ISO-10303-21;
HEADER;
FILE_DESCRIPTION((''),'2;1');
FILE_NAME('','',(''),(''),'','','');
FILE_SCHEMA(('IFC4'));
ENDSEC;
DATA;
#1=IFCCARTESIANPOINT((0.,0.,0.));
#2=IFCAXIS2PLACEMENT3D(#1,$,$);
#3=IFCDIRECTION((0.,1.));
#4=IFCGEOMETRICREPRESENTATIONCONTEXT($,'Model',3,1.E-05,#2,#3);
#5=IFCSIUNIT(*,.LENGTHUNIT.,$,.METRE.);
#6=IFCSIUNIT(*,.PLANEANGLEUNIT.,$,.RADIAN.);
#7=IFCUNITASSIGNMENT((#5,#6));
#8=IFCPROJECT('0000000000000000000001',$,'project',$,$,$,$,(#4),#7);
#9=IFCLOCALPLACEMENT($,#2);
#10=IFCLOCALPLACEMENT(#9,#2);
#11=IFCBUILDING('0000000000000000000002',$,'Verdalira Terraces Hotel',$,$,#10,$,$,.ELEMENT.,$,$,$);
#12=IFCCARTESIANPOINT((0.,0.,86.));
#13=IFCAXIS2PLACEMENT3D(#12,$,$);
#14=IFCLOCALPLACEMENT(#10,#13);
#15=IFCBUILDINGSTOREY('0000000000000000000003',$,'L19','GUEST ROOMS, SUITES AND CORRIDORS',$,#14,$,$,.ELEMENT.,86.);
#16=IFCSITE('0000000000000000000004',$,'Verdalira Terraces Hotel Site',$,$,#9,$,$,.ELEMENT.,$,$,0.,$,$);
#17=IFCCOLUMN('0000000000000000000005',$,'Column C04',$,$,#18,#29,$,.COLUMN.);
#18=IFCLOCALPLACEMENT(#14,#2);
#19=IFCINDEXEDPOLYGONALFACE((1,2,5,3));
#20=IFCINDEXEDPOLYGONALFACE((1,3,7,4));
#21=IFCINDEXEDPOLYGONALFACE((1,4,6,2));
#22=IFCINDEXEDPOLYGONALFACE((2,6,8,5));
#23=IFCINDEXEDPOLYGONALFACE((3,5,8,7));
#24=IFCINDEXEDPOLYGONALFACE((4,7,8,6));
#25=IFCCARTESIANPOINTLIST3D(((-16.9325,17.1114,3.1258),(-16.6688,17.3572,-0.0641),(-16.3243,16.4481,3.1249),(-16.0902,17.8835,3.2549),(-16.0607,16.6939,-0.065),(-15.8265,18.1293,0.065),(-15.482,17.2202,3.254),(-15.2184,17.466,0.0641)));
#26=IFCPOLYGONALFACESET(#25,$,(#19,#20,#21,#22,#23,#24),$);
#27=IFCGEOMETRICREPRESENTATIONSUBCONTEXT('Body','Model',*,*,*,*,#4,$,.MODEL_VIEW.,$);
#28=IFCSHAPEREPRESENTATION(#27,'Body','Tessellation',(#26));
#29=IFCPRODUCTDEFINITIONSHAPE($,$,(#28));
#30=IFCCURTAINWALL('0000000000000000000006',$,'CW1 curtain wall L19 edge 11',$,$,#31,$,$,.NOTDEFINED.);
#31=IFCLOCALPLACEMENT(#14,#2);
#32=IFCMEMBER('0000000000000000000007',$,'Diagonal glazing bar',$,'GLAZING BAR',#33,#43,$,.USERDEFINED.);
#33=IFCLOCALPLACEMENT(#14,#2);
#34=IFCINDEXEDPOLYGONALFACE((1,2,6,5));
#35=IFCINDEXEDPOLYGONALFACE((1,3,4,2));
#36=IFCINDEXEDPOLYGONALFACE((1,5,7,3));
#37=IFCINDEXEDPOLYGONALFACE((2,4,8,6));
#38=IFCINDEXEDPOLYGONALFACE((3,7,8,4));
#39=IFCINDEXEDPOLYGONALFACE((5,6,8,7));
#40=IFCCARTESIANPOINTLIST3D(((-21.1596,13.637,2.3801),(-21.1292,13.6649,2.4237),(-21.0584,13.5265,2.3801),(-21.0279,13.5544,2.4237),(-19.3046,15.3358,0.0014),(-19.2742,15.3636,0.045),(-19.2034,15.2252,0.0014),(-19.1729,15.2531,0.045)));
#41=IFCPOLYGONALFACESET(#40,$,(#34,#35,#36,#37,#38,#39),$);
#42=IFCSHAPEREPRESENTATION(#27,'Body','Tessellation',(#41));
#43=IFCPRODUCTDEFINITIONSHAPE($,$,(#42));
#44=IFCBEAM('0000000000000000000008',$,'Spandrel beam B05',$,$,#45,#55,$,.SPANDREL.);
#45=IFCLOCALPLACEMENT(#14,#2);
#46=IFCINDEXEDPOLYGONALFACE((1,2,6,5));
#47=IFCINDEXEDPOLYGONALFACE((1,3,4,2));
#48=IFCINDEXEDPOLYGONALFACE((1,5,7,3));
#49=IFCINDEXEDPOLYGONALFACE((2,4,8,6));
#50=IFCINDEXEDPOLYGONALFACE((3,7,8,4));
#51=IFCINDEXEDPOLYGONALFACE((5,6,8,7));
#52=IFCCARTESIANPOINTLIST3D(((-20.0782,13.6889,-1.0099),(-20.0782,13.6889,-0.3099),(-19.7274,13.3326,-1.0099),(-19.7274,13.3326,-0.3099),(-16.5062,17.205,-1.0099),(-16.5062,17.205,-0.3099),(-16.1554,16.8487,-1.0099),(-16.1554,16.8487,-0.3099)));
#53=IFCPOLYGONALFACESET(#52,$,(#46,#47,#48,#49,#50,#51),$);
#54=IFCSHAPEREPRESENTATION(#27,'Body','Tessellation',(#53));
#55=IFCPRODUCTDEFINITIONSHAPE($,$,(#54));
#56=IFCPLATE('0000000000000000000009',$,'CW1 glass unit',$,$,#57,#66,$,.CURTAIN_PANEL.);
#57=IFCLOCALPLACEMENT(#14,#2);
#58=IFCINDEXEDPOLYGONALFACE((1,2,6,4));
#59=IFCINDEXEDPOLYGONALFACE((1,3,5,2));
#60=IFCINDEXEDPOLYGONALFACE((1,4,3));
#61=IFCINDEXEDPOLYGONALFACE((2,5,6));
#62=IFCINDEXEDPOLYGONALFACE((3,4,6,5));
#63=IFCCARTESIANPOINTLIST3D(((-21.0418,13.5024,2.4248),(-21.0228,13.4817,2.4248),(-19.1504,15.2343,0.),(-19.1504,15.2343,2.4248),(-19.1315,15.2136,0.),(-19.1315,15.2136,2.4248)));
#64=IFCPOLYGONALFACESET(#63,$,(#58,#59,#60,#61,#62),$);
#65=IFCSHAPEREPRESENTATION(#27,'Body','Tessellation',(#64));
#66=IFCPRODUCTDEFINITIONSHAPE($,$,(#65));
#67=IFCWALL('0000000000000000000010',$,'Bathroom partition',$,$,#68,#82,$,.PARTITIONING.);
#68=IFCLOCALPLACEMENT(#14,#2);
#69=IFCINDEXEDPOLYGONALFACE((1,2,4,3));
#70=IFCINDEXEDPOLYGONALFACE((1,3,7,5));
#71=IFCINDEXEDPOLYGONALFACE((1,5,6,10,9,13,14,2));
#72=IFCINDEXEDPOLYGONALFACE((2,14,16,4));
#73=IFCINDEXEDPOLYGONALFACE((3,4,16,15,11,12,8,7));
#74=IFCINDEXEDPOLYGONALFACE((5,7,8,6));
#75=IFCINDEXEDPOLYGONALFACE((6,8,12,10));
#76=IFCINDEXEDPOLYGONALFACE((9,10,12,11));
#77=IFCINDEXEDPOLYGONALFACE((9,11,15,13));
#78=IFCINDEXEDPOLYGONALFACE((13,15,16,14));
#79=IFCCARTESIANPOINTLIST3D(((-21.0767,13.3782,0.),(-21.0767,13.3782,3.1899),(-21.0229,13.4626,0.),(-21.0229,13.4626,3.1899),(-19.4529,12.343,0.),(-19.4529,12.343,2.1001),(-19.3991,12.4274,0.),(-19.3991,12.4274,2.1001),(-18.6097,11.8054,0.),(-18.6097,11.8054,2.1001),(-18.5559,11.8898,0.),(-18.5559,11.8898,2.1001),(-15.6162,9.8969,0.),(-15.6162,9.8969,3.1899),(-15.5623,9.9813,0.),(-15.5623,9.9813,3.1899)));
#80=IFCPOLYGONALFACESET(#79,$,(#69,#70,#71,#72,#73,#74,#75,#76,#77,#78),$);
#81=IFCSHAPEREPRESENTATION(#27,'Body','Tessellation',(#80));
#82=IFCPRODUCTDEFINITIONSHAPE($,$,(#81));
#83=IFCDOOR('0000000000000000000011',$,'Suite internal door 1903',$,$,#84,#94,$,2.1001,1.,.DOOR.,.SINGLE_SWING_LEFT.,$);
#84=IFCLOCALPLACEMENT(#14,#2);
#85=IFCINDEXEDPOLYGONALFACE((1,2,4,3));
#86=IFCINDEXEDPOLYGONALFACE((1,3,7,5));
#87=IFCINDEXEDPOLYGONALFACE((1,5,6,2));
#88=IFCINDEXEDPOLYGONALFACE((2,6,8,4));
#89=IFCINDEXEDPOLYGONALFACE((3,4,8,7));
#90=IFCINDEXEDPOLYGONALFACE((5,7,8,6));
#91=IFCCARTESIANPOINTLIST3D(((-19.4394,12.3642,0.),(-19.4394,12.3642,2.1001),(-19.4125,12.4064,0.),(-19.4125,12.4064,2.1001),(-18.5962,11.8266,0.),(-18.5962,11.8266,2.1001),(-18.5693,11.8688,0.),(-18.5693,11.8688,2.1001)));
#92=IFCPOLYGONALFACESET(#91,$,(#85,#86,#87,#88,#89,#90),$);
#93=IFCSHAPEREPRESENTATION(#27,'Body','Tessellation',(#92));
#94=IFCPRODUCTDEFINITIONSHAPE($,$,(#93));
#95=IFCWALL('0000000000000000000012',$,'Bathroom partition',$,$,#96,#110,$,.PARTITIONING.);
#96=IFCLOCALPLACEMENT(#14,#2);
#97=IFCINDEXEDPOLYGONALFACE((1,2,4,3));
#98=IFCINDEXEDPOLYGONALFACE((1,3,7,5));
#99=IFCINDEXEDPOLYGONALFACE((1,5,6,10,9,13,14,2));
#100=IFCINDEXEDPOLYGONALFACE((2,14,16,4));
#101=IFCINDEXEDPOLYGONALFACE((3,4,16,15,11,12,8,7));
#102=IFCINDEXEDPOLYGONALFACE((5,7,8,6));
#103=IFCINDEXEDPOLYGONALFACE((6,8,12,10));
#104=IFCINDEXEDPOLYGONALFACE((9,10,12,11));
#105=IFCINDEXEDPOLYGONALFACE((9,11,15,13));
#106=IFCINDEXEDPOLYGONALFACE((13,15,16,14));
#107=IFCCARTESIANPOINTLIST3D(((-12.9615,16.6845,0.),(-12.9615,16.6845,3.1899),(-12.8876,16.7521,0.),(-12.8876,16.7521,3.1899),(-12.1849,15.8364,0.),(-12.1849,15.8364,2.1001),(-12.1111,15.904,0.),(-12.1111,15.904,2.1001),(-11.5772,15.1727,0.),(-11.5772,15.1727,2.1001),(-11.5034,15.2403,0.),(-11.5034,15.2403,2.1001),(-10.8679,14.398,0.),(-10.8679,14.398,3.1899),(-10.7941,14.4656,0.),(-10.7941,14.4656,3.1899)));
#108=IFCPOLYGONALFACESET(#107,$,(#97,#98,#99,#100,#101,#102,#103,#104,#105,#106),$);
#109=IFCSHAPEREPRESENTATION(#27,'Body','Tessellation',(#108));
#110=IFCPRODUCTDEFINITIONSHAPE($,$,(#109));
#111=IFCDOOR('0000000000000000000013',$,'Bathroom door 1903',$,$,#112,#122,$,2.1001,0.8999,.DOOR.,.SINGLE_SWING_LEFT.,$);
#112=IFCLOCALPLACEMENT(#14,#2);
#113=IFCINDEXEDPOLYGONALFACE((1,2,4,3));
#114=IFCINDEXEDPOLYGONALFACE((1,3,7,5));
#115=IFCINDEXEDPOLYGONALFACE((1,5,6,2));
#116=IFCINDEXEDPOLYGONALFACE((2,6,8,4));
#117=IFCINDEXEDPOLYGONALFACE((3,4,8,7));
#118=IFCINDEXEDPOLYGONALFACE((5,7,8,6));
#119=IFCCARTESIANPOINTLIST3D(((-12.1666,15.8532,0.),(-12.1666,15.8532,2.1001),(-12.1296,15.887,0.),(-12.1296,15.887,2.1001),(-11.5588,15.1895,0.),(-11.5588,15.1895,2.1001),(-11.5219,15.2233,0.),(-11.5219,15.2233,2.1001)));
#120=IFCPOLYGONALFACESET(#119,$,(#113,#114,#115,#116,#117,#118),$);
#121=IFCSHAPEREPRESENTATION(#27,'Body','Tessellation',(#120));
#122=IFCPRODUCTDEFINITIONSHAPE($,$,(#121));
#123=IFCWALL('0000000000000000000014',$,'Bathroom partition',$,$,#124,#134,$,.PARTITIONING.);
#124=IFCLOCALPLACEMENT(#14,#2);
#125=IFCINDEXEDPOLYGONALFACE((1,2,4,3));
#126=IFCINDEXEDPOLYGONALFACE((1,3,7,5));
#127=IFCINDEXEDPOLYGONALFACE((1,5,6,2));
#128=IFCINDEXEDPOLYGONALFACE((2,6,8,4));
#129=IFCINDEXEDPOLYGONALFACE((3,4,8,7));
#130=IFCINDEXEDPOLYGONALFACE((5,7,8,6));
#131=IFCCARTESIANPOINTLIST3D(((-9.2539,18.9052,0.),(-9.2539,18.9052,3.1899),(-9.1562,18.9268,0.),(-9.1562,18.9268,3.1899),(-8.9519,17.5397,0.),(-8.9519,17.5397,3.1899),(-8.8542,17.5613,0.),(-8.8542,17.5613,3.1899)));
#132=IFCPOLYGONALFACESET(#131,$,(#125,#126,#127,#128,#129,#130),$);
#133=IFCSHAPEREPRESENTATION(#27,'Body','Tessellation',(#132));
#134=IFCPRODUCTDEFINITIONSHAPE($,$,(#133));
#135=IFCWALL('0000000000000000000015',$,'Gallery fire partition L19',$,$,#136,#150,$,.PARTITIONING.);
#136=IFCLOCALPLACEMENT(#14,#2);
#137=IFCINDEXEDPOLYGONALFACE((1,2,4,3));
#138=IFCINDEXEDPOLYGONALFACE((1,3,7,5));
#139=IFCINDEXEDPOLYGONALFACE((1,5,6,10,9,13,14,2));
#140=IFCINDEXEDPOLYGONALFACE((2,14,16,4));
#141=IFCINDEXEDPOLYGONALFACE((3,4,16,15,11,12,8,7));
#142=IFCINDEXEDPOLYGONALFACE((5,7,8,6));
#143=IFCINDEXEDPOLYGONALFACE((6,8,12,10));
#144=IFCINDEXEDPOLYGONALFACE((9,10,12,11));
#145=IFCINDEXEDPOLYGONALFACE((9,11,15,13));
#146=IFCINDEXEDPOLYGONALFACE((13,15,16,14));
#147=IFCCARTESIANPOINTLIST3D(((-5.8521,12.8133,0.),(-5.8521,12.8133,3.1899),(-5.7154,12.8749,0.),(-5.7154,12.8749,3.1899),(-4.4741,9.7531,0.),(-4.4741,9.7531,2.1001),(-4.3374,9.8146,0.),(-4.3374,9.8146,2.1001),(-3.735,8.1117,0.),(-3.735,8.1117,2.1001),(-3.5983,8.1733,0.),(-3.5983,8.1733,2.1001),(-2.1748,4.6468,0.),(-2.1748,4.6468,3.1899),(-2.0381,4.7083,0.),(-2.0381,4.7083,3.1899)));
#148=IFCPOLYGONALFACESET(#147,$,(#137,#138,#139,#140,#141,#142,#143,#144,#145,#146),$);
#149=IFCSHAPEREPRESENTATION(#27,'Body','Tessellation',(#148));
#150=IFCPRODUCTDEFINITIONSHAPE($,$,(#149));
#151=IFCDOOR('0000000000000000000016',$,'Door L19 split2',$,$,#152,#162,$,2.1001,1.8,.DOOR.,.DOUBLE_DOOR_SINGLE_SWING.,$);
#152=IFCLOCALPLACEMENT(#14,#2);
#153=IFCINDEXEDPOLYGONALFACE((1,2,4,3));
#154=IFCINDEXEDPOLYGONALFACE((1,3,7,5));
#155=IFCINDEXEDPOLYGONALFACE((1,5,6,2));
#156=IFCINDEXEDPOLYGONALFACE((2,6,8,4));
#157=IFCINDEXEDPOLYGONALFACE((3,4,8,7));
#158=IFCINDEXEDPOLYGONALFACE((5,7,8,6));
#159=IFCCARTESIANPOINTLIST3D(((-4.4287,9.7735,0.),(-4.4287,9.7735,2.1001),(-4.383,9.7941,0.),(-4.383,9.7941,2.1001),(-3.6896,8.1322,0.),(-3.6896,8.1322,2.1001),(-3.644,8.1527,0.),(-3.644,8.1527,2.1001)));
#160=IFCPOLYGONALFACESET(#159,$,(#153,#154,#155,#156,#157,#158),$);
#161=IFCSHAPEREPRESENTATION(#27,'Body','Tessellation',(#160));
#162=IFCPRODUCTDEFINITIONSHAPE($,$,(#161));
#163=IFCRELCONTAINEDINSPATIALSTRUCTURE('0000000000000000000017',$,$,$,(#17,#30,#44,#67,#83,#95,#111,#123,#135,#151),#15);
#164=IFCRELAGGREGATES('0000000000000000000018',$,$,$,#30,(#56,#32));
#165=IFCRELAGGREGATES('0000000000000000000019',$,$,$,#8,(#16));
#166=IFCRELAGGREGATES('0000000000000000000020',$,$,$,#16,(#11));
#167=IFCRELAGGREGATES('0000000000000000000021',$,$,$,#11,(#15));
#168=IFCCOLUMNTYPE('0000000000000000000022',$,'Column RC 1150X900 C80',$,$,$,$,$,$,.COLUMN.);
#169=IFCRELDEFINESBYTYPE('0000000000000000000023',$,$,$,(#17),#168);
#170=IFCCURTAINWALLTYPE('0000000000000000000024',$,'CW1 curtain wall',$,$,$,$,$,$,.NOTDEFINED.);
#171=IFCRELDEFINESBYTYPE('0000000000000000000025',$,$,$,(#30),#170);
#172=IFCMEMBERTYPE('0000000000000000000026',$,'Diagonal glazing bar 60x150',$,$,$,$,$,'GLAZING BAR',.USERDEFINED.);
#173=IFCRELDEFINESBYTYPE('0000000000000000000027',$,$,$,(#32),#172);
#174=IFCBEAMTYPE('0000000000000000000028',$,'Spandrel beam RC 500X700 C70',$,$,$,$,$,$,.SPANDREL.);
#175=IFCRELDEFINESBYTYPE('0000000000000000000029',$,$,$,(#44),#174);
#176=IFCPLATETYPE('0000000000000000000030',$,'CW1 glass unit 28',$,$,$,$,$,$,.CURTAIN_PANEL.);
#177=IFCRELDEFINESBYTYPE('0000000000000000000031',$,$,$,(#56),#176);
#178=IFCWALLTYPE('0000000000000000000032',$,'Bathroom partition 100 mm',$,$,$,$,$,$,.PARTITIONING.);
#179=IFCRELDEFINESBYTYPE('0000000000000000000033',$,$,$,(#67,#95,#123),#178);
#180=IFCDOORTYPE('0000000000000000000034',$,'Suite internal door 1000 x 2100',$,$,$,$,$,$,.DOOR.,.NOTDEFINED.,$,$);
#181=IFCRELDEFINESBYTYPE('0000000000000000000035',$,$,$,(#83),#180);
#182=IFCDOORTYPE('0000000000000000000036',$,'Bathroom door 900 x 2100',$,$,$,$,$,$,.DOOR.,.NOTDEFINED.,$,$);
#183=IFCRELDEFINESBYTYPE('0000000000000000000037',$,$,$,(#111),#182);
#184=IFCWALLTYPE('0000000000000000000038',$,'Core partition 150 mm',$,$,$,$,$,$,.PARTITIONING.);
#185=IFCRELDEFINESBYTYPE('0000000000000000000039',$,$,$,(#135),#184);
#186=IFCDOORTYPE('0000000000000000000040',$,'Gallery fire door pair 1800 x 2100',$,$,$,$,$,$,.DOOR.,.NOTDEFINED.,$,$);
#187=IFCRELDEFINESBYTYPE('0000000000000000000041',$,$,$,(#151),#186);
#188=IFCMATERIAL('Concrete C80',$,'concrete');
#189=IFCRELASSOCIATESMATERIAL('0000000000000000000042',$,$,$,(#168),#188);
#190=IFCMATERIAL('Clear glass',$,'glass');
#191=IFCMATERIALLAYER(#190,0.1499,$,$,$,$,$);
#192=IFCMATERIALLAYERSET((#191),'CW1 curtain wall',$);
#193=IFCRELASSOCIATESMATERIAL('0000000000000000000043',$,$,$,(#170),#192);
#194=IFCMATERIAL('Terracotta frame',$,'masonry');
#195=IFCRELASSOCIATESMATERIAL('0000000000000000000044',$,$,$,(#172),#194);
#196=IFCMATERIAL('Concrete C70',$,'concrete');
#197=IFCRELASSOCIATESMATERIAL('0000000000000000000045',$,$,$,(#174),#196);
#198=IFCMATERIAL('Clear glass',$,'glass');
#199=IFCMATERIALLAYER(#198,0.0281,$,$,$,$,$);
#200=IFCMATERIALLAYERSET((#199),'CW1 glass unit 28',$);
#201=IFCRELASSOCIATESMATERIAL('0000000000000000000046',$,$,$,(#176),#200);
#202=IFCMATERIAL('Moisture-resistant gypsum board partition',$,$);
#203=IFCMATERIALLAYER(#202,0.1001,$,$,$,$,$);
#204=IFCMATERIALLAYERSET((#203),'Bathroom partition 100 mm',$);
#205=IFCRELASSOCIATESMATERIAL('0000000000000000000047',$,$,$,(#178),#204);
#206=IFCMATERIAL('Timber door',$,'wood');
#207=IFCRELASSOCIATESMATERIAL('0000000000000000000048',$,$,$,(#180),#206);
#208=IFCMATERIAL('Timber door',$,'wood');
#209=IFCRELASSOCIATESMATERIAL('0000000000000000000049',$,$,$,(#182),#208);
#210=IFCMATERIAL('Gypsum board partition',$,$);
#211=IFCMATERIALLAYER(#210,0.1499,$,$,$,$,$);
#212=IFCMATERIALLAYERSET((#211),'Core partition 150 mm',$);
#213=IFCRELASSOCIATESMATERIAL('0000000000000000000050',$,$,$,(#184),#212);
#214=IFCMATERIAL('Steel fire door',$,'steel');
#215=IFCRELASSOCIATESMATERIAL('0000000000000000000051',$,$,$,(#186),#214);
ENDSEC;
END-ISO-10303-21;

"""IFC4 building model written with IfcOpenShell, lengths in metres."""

from ifc_helpers import new_model, si_unit, direction, frame, frame_2d, origin, origin_2d, place, context, subcontext, project, spatial, polyline, rectangle, outline, extrude, material, layer, layer_set, material_profile, profile_set, type_object, element, fill, aggregate, save


model = new_model("IFC4")

# Units and contexts
model_context = context("Model", 3, precision=1e-05, world=origin(), true_north=direction((0.0, 1.0)))
body_context = subcontext(model_context, "Body", "Model", "MODEL_VIEW")
ifc_project = project(units=[si_unit("LENGTHUNIT", "METRE"), si_unit("PLANEANGLEUNIT", "RADIAN")], contexts=[model_context])

# Site, building, storey
site_placement = place(None, origin())
site = spatial("IfcSite", under=ifc_project, at=site_placement, Name="Verdalira Terraces Hotel Site", CompositionType="ELEMENT", RefElevation=0.0)
building_placement = place(site_placement, origin())
building = spatial("IfcBuilding", under=site, at=building_placement, Name="Verdalira Terraces Hotel", CompositionType="ELEMENT")
storey_placement = place(building_placement, frame((0.0, 0.0, 86.0)))
storey = spatial("IfcBuildingStorey", under=building, at=storey_placement, Name="L19", Description="GUEST ROOMS, SUITES AND CORRIDORS", CompositionType="ELEMENT", Elevation=86.0)

# Column
ifc_material_1 = material(Name="Concrete C80", Category="concrete")
ifc_material_profile_1 = material_profile(ifc_material_1, rectangle(XDim=1.1499, YDim=0.8999, at=origin_2d()), Name="RC 1150X900")
ifc_profile_set_1 = profile_set([ifc_material_profile_1], Name="Concrete C80")
column_type = type_object("IfcColumnType", Name="Column RC 1150X900 C80", PredefinedType="COLUMN", material=ifc_profile_set_1)
column_placement = place(storey_placement, frame((-15.9436, 17.4116, 0.0), z_axis=(-0.082134, -0.076583, 0.993675), x_axis=(-0.732491, -0.671452, -0.112295)))
element("IfcColumn", 1, at=column_placement, inside=storey, type_object=column_type, Name="Column C04", PredefinedType="COLUMN", context=body_context, shape_type="SweptSolid", body=[
    extrude(rectangle(XDim=1.1499, YDim=0.8999, at=origin_2d()), origin(), (0.0, 0.0, 1.0), 3.2102),
])

# Curtain wall, member
ifc_material_2 = material(Name="Clear glass", Category="glass")
ifc_layer_1 = layer(ifc_material_2, 0.1499)
ifc_layer_set_1 = layer_set([ifc_layer_1], Name="CW1 curtain wall")
curtain_wall_type = type_object("IfcCurtainWallType", Name="CW1 curtain wall", PredefinedType="NOTDEFINED", material=ifc_layer_set_1)
curtain_wall_placement = place(storey_placement, origin())
curtain_wall = element("IfcCurtainWall", 2, at=curtain_wall_placement, inside=storey, type_object=curtain_wall_type, Name="CW1 curtain wall L19 edge 11", PredefinedType="NOTDEFINED")
ifc_material_3 = material(Name="Terracotta frame", Category="masonry")
ifc_material_profile_2 = material_profile(ifc_material_3, rectangle(XDim=0.1499, YDim=0.0601, at=origin_2d()), Name="GB 60x150")
ifc_profile_set_2 = profile_set([ifc_material_profile_2], Name="Terracotta frame")
member_type = type_object("IfcMemberType", Name="Diagonal glazing bar 60x150", ElementType="GLAZING BAR", PredefinedType="USERDEFINED", material=ifc_profile_set_2)
member_placement = place(storey_placement, frame((-19.2388, 15.2944, 0.0232), z_axis=(-0.535829, -0.490695, 0.6871), x_axis=(0.675364, -0.737484, 0.0)))
member = element("IfcMember", 3, at=member_placement, type_object=member_type, Name="Diagonal glazing bar", ObjectType="GLAZING BAR", PredefinedType="USERDEFINED", context=body_context, shape_type="SweptSolid", body=[
    extrude(rectangle(XDim=0.1499, YDim=0.0601, at=origin_2d()), origin(), (0.0, 0.0, 1.0), 3.4619),
])

# Beam
ifc_material_4 = material(Name="Concrete C70", Category="concrete")
ifc_material_profile_3 = material_profile(ifc_material_4, rectangle(XDim=0.5, YDim=0.7, at=origin_2d()), Name="RC 500X700")
ifc_profile_set_3 = profile_set([ifc_material_profile_3], Name="Concrete C70")
beam_type = type_object("IfcBeamType", Name="Spandrel beam RC 500X700 C70", PredefinedType="SPANDREL", material=ifc_profile_set_3)
beam_placement = place(storey_placement, frame((-16.3308, 17.0269, -0.6599), z_axis=(-0.712662, -0.701508, 0.0), x_axis=(0.701508, -0.712662, 0.0)))
element("IfcBeam", 4, at=beam_placement, inside=storey, type_object=beam_type, Name="Spandrel beam B05", PredefinedType="SPANDREL", context=body_context, shape_type="SweptSolid", body=[
    extrude(rectangle(XDim=0.5, YDim=0.7, at=origin_2d()), origin(), (0.0, 0.0, 1.0), 5.0122),
])

# Plate
ifc_material_5 = material(Name="Clear glass", Category="glass")
ifc_layer_2 = layer(ifc_material_5, 0.0281)
ifc_layer_set_2 = layer_set([ifc_layer_2], Name="CW1 glass unit 28")
plate_type = type_object("IfcPlateType", Name="CW1 glass unit 28", PredefinedType="CURTAIN_PANEL", material=ifc_layer_set_2)
plate_placement = place(storey_placement, frame((-20.0771, 14.3477, 1.2124), z_axis=(-0.675333, 0.737513, 0.0), x_axis=(-0.737513, -0.675333, 0.0)))
plate = element("IfcPlate", 5, at=plate_placement, type_object=plate_type, Name="CW1 glass unit", PredefinedType="CURTAIN_PANEL", context=body_context, shape_type="SweptSolid", body=[
    extrude(outline(polyline([(-1.2822, -1.2124), (1.2822, 1.2124), (-1.2822, 1.2124), (-1.2822, -1.2124)])), origin(), (0.0, 0.0, 1.0), 0.0281),
])
aggregate(curtain_wall, [plate, member])

# Walls, openings, doors
ifc_material_6 = material(Name="Moisture-resistant gypsum board partition")
ifc_layer_3 = layer(ifc_material_6, 0.1001)
ifc_layer_set_3 = layer_set([ifc_layer_3], Name="Bathroom partition 100 mm")
wall_type_1 = type_object("IfcWallType", Name="Bathroom partition 100 mm", PredefinedType="PARTITIONING", material=ifc_layer_set_3)
wall_1_placement = place(storey_placement, frame((-15.5894, 9.9392, 0.0), z_axis=(0.0, 0.0, 1.0), x_axis=(-0.843216, 0.537575, 0.0)))
wall_1 = element("IfcWall", 6, at=wall_1_placement, inside=storey, type_object=wall_type_1, Name="Bathroom partition", PredefinedType="PARTITIONING", context=body_context, shape_type="SweptSolid", body=[
    extrude(rectangle(XDim=6.4758, YDim=0.1001, at=frame_2d((3.2378, 0.0))), origin(), (0.0, 0.0, 1.0), 3.1899),
])
opening_1_placement = place(wall_1_placement, frame((3.55, 0.0, 0.0)))
opening_1 = element("IfcOpeningElement", 7, at=opening_1_placement, cuts=wall_1, PredefinedType="OPENING", context=body_context, shape_type="SweptSolid", body=[
    extrude(rectangle(XDim=1.0, YDim=2.1001, at=frame_2d((0.5, 1.05))), frame((0.0, 0.0601, 0.0), z_axis=(0.0, -1.0, 0.0), x_axis=(1.0, 0.0, 0.0)), (0.0, 0.0, 1.0), 0.1201),
])
ifc_material_7 = material(Name="Timber door", Category="wood")
door_type_1 = type_object("IfcDoorType", Name="Suite internal door 1000 x 2100", OperationType="NOTDEFINED", PredefinedType="DOOR", material=ifc_material_7)
door_1_placement = place(opening_1_placement, origin())
door_1 = element("IfcDoor", 8, at=door_1_placement, inside=storey, type_object=door_type_1, Name="Suite internal door 1903", OperationType="SINGLE_SWING_LEFT", OverallHeight=2.1001, OverallWidth=1.0, PredefinedType="DOOR", context=body_context, shape_type="SweptSolid", body=[
    extrude(rectangle(XDim=1.0, YDim=2.1001, at=frame_2d((0.5, 1.05))), frame((0.0, 0.0249, 0.0), z_axis=(0.0, -1.0, 0.0), x_axis=(1.0, 0.0, 0.0)), (0.0, 0.0, 1.0), 0.05),
])
fill(opening_1, door_1)
wall_2_placement = place(storey_placement, frame((-12.9246, 16.7183, 0.0), z_axis=(0.0, 0.0, 1.0), x_axis=(0.675314, -0.73753, 0.0)))
wall_2 = element("IfcWall", 9, at=wall_2_placement, inside=storey, type_object=wall_type_1, Name="Bathroom partition", PredefinedType="PARTITIONING", context=body_context, shape_type="SweptSolid", body=[
    extrude(rectangle(XDim=3.1001, YDim=0.1001, at=frame_2d((1.55, 0.0))), origin(), (0.0, 0.0, 1.0), 3.1899),
])
opening_2_placement = place(wall_2_placement, frame((1.1499, 0.0, 0.0)))
opening_2 = element("IfcOpeningElement", 10, at=opening_2_placement, cuts=wall_2, PredefinedType="OPENING", context=body_context, shape_type="SweptSolid", body=[
    extrude(rectangle(XDim=0.8999, YDim=2.1001, at=frame_2d((0.45, 1.05))), frame((0.0, 0.0601, 0.0), z_axis=(0.0, -1.0, 0.0), x_axis=(1.0, 0.0, 0.0)), (0.0, 0.0, 1.0), 0.1201),
])
ifc_material_8 = material(Name="Timber door", Category="wood")
door_type_2 = type_object("IfcDoorType", Name="Bathroom door 900 x 2100", OperationType="NOTDEFINED", PredefinedType="DOOR", material=ifc_material_8)
door_2_placement = place(opening_2_placement, origin())
door_2 = element("IfcDoor", 11, at=door_2_placement, inside=storey, type_object=door_type_2, Name="Bathroom door 1903", OperationType="SINGLE_SWING_LEFT", OverallHeight=2.1001, OverallWidth=0.8999, PredefinedType="DOOR", context=body_context, shape_type="SweptSolid", body=[
    extrude(rectangle(XDim=0.8999, YDim=2.1001, at=frame_2d((0.45, 1.05))), frame((0.0, 0.0249, 0.0), z_axis=(0.0, -1.0, 0.0), x_axis=(1.0, 0.0, 0.0)), (0.0, 0.0, 1.0), 0.05),
])
fill(opening_2, door_2)

# Wall
wall_3_placement = place(storey_placement, frame((-8.9031, 17.5505, 0.0), z_axis=(0.0, 0.0, 1.0), x_axis=(-0.215951, 0.976404, 0.0)))
element("IfcWall", 12, at=wall_3_placement, inside=storey, type_object=wall_type_1, Name="Bathroom partition", PredefinedType="PARTITIONING", context=body_context, shape_type="SweptSolid", body=[
    extrude(rectangle(XDim=1.3984, YDim=0.1001, at=frame_2d((0.6992, 0.0))), origin(), (0.0, 0.0, 1.0), 3.1899),
])

# Wall, opening, door
ifc_material_9 = material(Name="Gypsum board partition")
ifc_layer_4 = layer(ifc_material_9, 0.1499)
ifc_layer_set_4 = layer_set([ifc_layer_4], Name="Core partition 150 mm")
wall_type_2 = type_object("IfcWallType", Name="Core partition 150 mm", PredefinedType="PARTITIONING", material=ifc_layer_set_4)
wall_4_placement = place(storey_placement, frame((-5.7837, 12.844, 0.0), z_axis=(0.0, 0.0, 1.0), x_axis=(0.41058, -0.911825, 0.0)))
wall_4 = element("IfcWall", 13, at=wall_4_placement, inside=storey, type_object=wall_type_2, Name="Gallery fire partition L19", PredefinedType="PARTITIONING", context=body_context, shape_type="SweptSolid", body=[
    extrude(rectangle(XDim=8.9563, YDim=0.1499, at=frame_2d((4.478, 0.0))), origin(), (0.0, 0.0, 1.0), 3.1899),
])
opening_3_placement = place(wall_4_placement, frame((3.3562, 0.0, 0.0)))
opening_3 = element("IfcOpeningElement", 14, at=opening_3_placement, cuts=wall_4, PredefinedType="OPENING", context=body_context, shape_type="SweptSolid", body=[
    extrude(rectangle(XDim=1.8, YDim=2.1001, at=frame_2d((0.8999, 1.05))), frame((0.0, 0.085, 0.0), z_axis=(0.0, -1.0, 0.0), x_axis=(1.0, 0.0, 0.0)), (0.0, 0.0, 1.0), 0.1699),
])
ifc_material_10 = material(Name="Steel fire door", Category="steel")
door_type_3 = type_object("IfcDoorType", Name="Gallery fire door pair 1800 x 2100", OperationType="NOTDEFINED", PredefinedType="DOOR", material=ifc_material_10)
door_3_placement = place(opening_3_placement, origin())
door_3 = element("IfcDoor", 15, at=door_3_placement, inside=storey, type_object=door_type_3, Name="Door L19 split2", OperationType="DOUBLE_DOOR_SINGLE_SWING", OverallHeight=2.1001, OverallWidth=1.8, PredefinedType="DOOR", context=body_context, shape_type="SweptSolid", body=[
    extrude(rectangle(XDim=1.8, YDim=2.1001, at=frame_2d((0.8999, 1.05))), frame((0.0, 0.0249, 0.0), z_axis=(0.0, -1.0, 0.0), x_axis=(1.0, 0.0, 0.0)), (0.0, 0.0, 1.0), 0.05),
])
fill(opening_3, door_3)

save(model, "model.ifc")
